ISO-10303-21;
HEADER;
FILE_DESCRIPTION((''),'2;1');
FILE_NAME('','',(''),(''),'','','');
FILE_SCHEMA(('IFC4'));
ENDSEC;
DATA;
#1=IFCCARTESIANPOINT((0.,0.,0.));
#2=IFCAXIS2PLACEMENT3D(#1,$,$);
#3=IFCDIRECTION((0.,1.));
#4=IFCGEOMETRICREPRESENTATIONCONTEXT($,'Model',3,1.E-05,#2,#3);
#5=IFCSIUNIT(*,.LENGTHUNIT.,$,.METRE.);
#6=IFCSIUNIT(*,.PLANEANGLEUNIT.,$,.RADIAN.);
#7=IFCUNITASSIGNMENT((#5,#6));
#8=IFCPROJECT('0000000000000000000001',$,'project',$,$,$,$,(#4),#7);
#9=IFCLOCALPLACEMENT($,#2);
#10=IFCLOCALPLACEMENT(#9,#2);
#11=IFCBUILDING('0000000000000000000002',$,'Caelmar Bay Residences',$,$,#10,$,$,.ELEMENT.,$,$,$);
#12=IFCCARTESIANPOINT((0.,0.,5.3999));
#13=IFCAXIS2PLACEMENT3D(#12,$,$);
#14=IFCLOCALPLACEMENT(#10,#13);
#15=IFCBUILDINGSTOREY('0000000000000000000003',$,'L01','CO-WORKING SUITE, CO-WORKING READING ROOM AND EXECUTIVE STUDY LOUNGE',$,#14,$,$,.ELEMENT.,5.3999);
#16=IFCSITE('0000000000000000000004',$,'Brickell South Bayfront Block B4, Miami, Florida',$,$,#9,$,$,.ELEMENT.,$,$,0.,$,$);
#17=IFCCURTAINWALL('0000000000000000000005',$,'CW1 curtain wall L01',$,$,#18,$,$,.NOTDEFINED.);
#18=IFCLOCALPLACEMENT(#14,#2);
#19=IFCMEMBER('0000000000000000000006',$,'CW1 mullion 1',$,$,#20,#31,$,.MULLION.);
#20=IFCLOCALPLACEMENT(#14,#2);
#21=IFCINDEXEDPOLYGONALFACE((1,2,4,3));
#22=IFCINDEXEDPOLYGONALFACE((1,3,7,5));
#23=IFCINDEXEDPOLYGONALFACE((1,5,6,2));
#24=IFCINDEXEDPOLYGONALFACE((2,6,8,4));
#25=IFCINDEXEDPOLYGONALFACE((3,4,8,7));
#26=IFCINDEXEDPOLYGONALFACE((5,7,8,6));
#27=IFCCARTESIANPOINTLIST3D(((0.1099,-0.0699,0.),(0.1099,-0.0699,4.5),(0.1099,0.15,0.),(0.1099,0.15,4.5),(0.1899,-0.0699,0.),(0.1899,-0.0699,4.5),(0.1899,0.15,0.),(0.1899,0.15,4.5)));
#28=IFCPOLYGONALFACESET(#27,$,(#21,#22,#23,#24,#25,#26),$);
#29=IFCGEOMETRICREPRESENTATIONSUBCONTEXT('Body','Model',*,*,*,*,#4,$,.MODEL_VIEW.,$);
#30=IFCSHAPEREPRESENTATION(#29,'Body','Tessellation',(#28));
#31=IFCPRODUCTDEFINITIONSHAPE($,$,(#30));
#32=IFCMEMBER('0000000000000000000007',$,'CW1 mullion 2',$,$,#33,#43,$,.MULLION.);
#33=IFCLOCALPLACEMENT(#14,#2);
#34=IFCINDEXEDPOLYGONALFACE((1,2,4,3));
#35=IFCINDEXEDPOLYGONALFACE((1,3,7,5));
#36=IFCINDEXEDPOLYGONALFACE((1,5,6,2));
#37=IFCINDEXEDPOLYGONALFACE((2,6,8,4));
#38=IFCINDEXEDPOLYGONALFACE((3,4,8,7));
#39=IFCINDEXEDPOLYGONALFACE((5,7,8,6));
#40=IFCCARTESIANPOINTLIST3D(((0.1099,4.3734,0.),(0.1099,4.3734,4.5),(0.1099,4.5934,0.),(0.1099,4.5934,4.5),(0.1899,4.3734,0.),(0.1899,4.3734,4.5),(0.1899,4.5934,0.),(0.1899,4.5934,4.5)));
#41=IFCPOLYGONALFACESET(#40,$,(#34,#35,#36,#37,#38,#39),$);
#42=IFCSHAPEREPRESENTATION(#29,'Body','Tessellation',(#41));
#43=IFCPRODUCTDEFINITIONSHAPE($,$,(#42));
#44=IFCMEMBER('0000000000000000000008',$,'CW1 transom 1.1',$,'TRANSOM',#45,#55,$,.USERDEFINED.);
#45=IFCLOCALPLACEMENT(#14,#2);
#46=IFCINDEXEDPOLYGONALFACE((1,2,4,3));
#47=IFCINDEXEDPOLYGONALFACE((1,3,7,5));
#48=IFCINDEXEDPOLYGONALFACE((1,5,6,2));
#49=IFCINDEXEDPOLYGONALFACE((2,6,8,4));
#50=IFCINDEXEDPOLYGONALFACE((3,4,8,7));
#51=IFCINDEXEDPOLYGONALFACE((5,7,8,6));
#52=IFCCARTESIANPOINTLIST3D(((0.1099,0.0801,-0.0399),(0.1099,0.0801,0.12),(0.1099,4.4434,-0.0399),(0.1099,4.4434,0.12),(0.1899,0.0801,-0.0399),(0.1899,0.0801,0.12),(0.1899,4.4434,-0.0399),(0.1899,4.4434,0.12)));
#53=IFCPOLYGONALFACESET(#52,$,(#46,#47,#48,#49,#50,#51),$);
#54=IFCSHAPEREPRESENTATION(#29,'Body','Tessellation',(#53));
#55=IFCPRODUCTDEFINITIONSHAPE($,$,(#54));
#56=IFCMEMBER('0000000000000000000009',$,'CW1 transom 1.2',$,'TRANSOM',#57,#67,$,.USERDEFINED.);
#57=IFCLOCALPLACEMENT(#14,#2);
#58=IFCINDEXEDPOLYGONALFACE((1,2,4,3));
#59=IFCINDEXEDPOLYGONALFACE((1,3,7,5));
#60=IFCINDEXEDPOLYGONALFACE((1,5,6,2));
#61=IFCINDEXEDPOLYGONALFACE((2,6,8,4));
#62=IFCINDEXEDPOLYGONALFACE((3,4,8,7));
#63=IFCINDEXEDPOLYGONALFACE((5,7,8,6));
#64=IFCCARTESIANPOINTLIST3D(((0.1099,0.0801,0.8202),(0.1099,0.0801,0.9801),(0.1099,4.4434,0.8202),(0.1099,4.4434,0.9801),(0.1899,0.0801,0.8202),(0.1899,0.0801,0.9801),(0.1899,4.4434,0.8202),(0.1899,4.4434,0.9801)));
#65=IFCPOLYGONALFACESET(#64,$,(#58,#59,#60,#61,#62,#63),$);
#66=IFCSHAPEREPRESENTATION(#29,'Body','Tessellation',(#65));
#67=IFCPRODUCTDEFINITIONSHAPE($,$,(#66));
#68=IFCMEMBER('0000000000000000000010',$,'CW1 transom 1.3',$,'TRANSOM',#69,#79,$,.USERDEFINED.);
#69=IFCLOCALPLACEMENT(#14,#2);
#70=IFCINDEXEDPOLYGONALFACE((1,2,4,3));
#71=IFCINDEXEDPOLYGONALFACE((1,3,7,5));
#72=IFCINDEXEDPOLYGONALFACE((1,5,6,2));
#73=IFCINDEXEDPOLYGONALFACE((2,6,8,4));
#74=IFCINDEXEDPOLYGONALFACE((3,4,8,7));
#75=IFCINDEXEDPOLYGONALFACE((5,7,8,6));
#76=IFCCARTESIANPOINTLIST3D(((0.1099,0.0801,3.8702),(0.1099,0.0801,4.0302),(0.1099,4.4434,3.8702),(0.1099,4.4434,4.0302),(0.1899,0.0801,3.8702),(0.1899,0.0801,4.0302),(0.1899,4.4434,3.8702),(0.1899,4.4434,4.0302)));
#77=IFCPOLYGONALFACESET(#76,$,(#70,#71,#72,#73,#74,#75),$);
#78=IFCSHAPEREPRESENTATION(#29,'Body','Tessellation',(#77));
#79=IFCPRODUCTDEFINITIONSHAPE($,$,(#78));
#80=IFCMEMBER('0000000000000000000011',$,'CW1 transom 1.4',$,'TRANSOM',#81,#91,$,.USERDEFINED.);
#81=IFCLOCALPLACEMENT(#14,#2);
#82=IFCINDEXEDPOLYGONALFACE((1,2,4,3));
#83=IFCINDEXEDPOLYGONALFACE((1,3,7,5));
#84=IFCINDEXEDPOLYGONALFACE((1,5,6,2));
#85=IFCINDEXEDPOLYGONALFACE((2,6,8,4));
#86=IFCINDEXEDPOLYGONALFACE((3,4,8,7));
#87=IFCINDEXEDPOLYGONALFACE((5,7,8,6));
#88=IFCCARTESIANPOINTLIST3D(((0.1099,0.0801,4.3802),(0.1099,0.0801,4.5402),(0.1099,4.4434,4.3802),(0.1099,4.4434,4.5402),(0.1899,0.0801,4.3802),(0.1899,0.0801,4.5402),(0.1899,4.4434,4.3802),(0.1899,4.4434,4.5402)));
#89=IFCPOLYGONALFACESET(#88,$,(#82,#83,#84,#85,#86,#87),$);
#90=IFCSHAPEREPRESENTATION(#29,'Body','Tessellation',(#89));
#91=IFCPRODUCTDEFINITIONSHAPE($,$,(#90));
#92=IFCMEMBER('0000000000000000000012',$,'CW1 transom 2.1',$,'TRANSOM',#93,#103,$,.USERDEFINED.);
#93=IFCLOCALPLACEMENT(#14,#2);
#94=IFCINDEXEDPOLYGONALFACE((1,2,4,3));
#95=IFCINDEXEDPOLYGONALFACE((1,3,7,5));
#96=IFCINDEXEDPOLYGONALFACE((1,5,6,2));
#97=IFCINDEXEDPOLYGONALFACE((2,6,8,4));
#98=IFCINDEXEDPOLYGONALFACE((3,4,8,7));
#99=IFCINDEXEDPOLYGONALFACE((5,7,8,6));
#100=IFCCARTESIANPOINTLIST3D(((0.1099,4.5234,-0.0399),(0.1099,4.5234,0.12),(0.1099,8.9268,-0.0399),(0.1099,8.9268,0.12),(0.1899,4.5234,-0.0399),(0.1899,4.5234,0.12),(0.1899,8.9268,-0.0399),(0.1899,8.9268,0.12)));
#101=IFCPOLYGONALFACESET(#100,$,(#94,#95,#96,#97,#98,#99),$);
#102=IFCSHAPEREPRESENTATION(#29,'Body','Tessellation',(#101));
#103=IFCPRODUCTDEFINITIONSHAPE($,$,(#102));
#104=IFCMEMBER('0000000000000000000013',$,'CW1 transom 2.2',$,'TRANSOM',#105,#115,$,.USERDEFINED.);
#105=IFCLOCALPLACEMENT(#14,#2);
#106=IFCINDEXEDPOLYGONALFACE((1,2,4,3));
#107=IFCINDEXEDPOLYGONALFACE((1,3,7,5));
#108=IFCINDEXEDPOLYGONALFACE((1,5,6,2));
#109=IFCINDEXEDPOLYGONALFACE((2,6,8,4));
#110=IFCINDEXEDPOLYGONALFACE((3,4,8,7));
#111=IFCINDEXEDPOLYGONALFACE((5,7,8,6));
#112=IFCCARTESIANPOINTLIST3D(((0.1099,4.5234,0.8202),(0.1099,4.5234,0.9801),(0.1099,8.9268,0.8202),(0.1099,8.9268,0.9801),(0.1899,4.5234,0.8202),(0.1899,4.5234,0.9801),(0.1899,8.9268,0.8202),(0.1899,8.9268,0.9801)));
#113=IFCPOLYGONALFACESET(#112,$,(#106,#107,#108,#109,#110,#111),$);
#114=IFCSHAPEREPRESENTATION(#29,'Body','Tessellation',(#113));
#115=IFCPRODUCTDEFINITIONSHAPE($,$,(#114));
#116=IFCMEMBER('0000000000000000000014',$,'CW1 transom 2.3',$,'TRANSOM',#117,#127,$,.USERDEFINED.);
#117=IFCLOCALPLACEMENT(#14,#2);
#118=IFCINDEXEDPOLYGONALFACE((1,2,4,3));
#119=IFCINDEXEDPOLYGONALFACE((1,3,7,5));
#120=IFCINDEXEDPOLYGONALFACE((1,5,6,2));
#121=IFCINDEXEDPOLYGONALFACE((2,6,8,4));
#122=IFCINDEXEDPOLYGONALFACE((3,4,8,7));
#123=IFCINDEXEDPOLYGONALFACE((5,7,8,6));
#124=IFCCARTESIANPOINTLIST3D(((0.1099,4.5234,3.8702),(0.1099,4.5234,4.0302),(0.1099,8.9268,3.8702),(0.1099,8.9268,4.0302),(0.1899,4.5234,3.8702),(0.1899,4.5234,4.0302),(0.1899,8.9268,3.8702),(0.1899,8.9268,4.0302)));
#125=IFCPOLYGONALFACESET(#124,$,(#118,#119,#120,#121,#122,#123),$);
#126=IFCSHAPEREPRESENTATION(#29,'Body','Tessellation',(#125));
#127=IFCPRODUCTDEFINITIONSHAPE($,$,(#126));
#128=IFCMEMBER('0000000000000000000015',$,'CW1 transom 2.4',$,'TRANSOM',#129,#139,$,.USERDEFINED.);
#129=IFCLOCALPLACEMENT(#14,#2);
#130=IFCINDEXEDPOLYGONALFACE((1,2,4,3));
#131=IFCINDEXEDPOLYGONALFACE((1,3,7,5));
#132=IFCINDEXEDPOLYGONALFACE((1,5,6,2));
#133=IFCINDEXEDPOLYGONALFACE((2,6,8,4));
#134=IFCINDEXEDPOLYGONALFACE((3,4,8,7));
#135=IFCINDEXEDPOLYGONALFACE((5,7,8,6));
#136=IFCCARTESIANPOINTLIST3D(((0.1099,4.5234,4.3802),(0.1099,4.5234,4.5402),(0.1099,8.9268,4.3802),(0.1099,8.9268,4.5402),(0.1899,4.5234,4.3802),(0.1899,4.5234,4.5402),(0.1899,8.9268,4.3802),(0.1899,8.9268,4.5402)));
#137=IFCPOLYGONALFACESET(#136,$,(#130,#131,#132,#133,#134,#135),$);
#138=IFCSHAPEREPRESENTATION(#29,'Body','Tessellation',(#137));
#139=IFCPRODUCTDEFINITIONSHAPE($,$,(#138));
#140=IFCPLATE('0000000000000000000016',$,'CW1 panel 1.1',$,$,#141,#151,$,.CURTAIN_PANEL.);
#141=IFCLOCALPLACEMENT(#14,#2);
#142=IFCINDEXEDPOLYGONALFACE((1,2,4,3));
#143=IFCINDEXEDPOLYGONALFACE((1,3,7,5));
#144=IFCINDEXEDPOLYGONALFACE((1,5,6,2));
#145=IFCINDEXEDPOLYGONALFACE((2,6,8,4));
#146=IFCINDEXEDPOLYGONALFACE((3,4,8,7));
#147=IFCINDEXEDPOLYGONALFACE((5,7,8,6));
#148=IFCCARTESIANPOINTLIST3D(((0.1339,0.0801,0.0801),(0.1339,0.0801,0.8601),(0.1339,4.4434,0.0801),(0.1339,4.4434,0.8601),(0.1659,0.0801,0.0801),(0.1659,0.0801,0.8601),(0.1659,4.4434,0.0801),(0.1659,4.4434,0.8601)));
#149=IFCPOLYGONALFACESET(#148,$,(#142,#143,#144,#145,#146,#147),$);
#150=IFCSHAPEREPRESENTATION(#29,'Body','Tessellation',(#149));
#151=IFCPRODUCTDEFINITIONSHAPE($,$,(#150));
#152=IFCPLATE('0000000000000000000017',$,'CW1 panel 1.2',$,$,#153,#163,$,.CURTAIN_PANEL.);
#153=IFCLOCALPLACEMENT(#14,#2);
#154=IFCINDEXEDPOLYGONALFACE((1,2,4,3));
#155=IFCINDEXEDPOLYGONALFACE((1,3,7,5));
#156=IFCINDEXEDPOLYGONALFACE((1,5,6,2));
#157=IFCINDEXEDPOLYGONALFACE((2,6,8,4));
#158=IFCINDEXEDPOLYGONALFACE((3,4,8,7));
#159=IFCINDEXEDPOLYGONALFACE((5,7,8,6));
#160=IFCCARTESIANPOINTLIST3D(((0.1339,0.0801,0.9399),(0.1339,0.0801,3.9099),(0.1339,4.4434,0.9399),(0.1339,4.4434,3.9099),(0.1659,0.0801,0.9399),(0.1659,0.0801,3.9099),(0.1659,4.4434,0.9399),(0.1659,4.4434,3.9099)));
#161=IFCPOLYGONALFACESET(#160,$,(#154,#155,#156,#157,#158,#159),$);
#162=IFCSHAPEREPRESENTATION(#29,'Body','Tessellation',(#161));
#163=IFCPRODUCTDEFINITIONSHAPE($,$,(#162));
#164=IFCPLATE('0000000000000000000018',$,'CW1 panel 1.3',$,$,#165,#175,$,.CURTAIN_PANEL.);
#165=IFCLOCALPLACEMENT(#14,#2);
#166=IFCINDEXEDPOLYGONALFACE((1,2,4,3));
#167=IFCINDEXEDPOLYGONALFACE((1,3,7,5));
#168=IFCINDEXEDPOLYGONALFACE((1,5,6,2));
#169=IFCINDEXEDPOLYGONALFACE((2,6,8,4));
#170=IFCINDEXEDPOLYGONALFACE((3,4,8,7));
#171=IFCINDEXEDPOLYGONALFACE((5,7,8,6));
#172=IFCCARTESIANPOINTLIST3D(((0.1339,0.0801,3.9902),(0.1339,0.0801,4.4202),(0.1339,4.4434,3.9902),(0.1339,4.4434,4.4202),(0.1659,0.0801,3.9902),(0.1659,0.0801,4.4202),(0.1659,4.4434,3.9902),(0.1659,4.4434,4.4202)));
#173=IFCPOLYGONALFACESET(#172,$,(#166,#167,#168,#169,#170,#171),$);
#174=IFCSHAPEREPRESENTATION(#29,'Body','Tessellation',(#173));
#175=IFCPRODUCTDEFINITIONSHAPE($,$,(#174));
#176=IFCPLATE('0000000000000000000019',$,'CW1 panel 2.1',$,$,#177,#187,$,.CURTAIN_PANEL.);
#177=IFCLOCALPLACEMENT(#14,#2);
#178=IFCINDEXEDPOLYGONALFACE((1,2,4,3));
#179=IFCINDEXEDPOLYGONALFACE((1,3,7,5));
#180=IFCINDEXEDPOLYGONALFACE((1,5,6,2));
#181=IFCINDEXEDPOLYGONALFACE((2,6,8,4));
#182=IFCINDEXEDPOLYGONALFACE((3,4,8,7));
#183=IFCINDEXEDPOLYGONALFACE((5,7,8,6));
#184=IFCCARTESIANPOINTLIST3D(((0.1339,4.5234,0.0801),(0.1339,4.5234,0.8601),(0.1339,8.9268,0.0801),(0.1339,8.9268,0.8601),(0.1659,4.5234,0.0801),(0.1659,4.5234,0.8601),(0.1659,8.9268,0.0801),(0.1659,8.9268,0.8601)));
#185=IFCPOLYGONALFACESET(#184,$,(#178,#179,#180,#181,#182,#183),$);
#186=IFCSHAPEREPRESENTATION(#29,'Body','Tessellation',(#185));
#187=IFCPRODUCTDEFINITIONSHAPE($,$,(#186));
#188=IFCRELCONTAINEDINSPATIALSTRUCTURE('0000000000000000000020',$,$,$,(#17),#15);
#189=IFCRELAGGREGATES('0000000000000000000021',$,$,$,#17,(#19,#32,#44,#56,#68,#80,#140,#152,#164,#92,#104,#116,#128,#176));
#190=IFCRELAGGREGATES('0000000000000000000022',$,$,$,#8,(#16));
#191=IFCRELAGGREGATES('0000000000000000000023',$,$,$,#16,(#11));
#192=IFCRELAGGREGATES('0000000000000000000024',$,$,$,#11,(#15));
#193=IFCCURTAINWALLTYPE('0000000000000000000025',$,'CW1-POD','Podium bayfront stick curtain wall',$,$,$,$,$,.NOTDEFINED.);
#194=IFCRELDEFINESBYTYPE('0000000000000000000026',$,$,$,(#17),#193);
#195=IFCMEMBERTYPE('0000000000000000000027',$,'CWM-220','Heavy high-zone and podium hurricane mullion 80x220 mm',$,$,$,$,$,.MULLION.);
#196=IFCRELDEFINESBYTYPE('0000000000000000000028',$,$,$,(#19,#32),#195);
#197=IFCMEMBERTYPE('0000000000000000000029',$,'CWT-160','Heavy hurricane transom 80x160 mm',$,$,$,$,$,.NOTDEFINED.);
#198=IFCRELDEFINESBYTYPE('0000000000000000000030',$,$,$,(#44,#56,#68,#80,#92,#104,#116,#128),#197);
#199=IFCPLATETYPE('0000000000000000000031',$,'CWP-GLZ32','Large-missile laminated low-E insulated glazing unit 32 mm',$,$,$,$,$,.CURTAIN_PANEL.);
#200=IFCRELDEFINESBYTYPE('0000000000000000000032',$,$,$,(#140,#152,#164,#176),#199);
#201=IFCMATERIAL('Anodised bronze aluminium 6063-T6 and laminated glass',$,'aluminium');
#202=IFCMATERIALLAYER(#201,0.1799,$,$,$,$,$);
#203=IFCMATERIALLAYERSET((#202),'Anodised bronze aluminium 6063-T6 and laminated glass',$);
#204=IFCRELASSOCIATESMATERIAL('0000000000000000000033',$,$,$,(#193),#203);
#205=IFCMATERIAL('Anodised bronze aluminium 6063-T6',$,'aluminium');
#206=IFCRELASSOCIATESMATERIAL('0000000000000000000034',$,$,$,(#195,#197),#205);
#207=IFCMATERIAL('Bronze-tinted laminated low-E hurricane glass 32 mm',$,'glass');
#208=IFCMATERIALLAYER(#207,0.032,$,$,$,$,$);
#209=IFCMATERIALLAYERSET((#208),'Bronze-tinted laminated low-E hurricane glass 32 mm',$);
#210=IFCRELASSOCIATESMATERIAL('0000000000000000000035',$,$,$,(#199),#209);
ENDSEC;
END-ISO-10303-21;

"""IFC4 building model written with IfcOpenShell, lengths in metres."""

from ifc_helpers import new_model, si_unit, direction, frame, origin, origin_2d, place, context, subcontext, project, spatial, rectangle, extrude, material, layer, layer_set, material_profile, profile_set, type_object, element, aggregate, save


model = new_model("IFC4")

# Units and contexts
model_context = context("Model", 3, precision=1e-05, world=origin(), true_north=direction((0.0, 1.0)))
body_context = subcontext(model_context, "Body", "Model", "MODEL_VIEW")
ifc_project = project(units=[si_unit("LENGTHUNIT", "METRE"), si_unit("PLANEANGLEUNIT", "RADIAN")], contexts=[model_context])

# Site, building, storey
site_placement = place(None, origin())
site = spatial("IfcSite", under=ifc_project, at=site_placement, Name="Brickell South Bayfront Block B4, Miami, Florida", CompositionType="ELEMENT", RefElevation=0.0)
building_placement = place(site_placement, origin())
building = spatial("IfcBuilding", under=site, at=building_placement, Name="Caelmar Bay Residences", CompositionType="ELEMENT")
storey_placement = place(building_placement, frame((0.0, 0.0, 5.3999)))
storey = spatial("IfcBuildingStorey", under=building, at=storey_placement, Name="L01", Description="CO-WORKING SUITE, CO-WORKING READING ROOM AND EXECUTIVE STUDY LOUNGE", CompositionType="ELEMENT", Elevation=5.3999)

# Curtain wall, members, plates
ifc_material_1 = material(Name="Anodised bronze aluminium 6063-T6 and laminated glass", Category="aluminium")
ifc_layer_1 = layer(ifc_material_1, 0.1799)
ifc_layer_set_1 = layer_set([ifc_layer_1], Name="Anodised bronze aluminium 6063-T6 and laminated glass")
curtain_wall_type = type_object("IfcCurtainWallType", Name="CW1-POD", Description="Podium bayfront stick curtain wall", PredefinedType="NOTDEFINED", material=ifc_layer_set_1)
curtain_wall_placement = place(storey_placement, origin())
curtain_wall = element("IfcCurtainWall", 1, at=curtain_wall_placement, inside=storey, type_object=curtain_wall_type, Name="CW1 curtain wall L01", PredefinedType="NOTDEFINED")
ifc_material_2 = material(Name="Anodised bronze aluminium 6063-T6", Category="aluminium")
ifc_material_profile_1 = material_profile(ifc_material_2, rectangle(XDim=0.0801, YDim=0.22, at=origin_2d()), Name="CWM-80X220")
ifc_profile_set_1 = profile_set([ifc_material_profile_1], Name="Anodised bronze aluminium 6063-T6")
member_type_1 = type_object("IfcMemberType", Name="CWM-220", Description="Heavy high-zone and podium hurricane mullion 80x220 mm", PredefinedType="MULLION", material=ifc_profile_set_1)
member_1_placement = place(storey_placement, frame((0.1499, 0.04, 0.0), z_axis=(0.0, 0.0, 1.0), x_axis=(-1.0, 0.0, 0.0)))
member_1 = element("IfcMember", 2, at=member_1_placement, type_object=member_type_1, Name="CW1 mullion 1", PredefinedType="MULLION", context=body_context, shape_type="SweptSolid", body=[
    extrude(rectangle(XDim=0.0801, YDim=0.22, at=origin_2d()), origin(), (0.0, 0.0, 1.0), 4.5),
])
member_2_placement = place(storey_placement, frame((0.1499, 4.4834, 0.0), z_axis=(0.0, 0.0, 1.0), x_axis=(-1.0, 0.0, 0.0)))
member_2 = element("IfcMember", 3, at=member_2_placement, type_object=member_type_1, Name="CW1 mullion 2", PredefinedType="MULLION", context=body_context, shape_type="SweptSolid", body=[
    extrude(rectangle(XDim=0.0801, YDim=0.22, at=origin_2d()), origin(), (0.0, 0.0, 1.0), 4.5),
])
ifc_material_profile_2 = material_profile(ifc_material_2, rectangle(XDim=0.0801, YDim=0.1599, at=origin_2d()), Name="CWT-80X160")
ifc_profile_set_2 = profile_set([ifc_material_profile_2], Name="Anodised bronze aluminium 6063-T6")
member_type_2 = type_object("IfcMemberType", Name="CWT-160", Description="Heavy hurricane transom 80x160 mm", PredefinedType="NOTDEFINED", material=ifc_profile_set_2)
member_3_placement = place(storey_placement, frame((0.1499, 0.0801, 0.04), z_axis=(0.0, 1.0, 0.0), x_axis=(-1.0, 0.0, 0.0)))
member_3 = element("IfcMember", 4, at=member_3_placement, type_object=member_type_2, Name="CW1 transom 1.1", ObjectType="TRANSOM", PredefinedType="USERDEFINED", context=body_context, shape_type="SweptSolid", body=[
    extrude(rectangle(XDim=0.0801, YDim=0.1599, at=origin_2d()), origin(), (0.0, 0.0, 1.0), 4.3633),
])
member_4_placement = place(storey_placement, frame((0.1499, 0.0801, 0.9001), z_axis=(0.0, 1.0, 0.0), x_axis=(-1.0, 0.0, 0.0)))
member_4 = element("IfcMember", 5, at=member_4_placement, type_object=member_type_2, Name="CW1 transom 1.2", ObjectType="TRANSOM", PredefinedType="USERDEFINED", context=body_context, shape_type="SweptSolid", body=[
    extrude(rectangle(XDim=0.0801, YDim=0.1599, at=origin_2d()), origin(), (0.0, 0.0, 1.0), 4.3633),
])
member_5_placement = place(storey_placement, frame((0.1499, 0.0801, 3.9502), z_axis=(0.0, 1.0, 0.0), x_axis=(-1.0, 0.0, 0.0)))
member_5 = element("IfcMember", 6, at=member_5_placement, type_object=member_type_2, Name="CW1 transom 1.3", ObjectType="TRANSOM", PredefinedType="USERDEFINED", context=body_context, shape_type="SweptSolid", body=[
    extrude(rectangle(XDim=0.0801, YDim=0.1599, at=origin_2d()), origin(), (0.0, 0.0, 1.0), 4.3633),
])
member_6_placement = place(storey_placement, frame((0.1499, 0.0801, 4.4602), z_axis=(0.0, 1.0, 0.0), x_axis=(-1.0, 0.0, 0.0)))
member_6 = element("IfcMember", 7, at=member_6_placement, type_object=member_type_2, Name="CW1 transom 1.4", ObjectType="TRANSOM", PredefinedType="USERDEFINED", context=body_context, shape_type="SweptSolid", body=[
    extrude(rectangle(XDim=0.0801, YDim=0.1599, at=origin_2d()), origin(), (0.0, 0.0, 1.0), 4.3633),
])
member_7_placement = place(storey_placement, frame((0.1499, 4.5234, 0.04), z_axis=(0.0, 1.0, 0.0), x_axis=(-1.0, 0.0, 0.0)))
member_7 = element("IfcMember", 8, at=member_7_placement, type_object=member_type_2, Name="CW1 transom 2.1", ObjectType="TRANSOM", PredefinedType="USERDEFINED", context=body_context, shape_type="SweptSolid", body=[
    extrude(rectangle(XDim=0.0801, YDim=0.1599, at=origin_2d()), origin(), (0.0, 0.0, 1.0), 4.4033),
])
member_8_placement = place(storey_placement, frame((0.1499, 4.5234, 0.9001), z_axis=(0.0, 1.0, 0.0), x_axis=(-1.0, 0.0, 0.0)))
member_8 = element("IfcMember", 9, at=member_8_placement, type_object=member_type_2, Name="CW1 transom 2.2", ObjectType="TRANSOM", PredefinedType="USERDEFINED", context=body_context, shape_type="SweptSolid", body=[
    extrude(rectangle(XDim=0.0801, YDim=0.1599, at=origin_2d()), origin(), (0.0, 0.0, 1.0), 4.4033),
])
member_9_placement = place(storey_placement, frame((0.1499, 4.5234, 3.9502), z_axis=(0.0, 1.0, 0.0), x_axis=(-1.0, 0.0, 0.0)))
member_9 = element("IfcMember", 10, at=member_9_placement, type_object=member_type_2, Name="CW1 transom 2.3", ObjectType="TRANSOM", PredefinedType="USERDEFINED", context=body_context, shape_type="SweptSolid", body=[
    extrude(rectangle(XDim=0.0801, YDim=0.1599, at=origin_2d()), origin(), (0.0, 0.0, 1.0), 4.4033),
])
member_10_placement = place(storey_placement, frame((0.1499, 4.5234, 4.4602), z_axis=(0.0, 1.0, 0.0), x_axis=(-1.0, 0.0, 0.0)))
member_10 = element("IfcMember", 11, at=member_10_placement, type_object=member_type_2, Name="CW1 transom 2.4", ObjectType="TRANSOM", PredefinedType="USERDEFINED", context=body_context, shape_type="SweptSolid", body=[
    extrude(rectangle(XDim=0.0801, YDim=0.1599, at=origin_2d()), origin(), (0.0, 0.0, 1.0), 4.4033),
])
ifc_material_3 = material(Name="Bronze-tinted laminated low-E hurricane glass 32 mm", Category="glass")
ifc_layer_2 = layer(ifc_material_3, 0.032)
ifc_layer_set_2 = layer_set([ifc_layer_2], Name="Bronze-tinted laminated low-E hurricane glass 32 mm")
plate_type = type_object("IfcPlateType", Name="CWP-GLZ32", Description="Large-missile laminated low-E insulated glazing unit 32 mm", PredefinedType="CURTAIN_PANEL", material=ifc_layer_set_2)
plate_1_placement = place(storey_placement, frame((0.1499, 2.2617, 0.0801), z_axis=(0.0, 0.0, 1.0), x_axis=(0.0, 1.0, 0.0)))
plate_1 = element("IfcPlate", 12, at=plate_1_placement, type_object=plate_type, Name="CW1 panel 1.1", PredefinedType="CURTAIN_PANEL", context=body_context, shape_type="SweptSolid", body=[
    extrude(rectangle(XDim=4.3633, YDim=0.032, at=origin_2d()), origin(), (0.0, 0.0, 1.0), 0.78),
])
plate_2_placement = place(storey_placement, frame((0.1499, 2.2617, 0.9399), z_axis=(0.0, 0.0, 1.0), x_axis=(0.0, 1.0, 0.0)))
plate_2 = element("IfcPlate", 13, at=plate_2_placement, type_object=plate_type, Name="CW1 panel 1.2", PredefinedType="CURTAIN_PANEL", context=body_context, shape_type="SweptSolid", body=[
    extrude(rectangle(XDim=4.3633, YDim=0.032, at=origin_2d()), origin(), (0.0, 0.0, 1.0), 2.97),
])
plate_3_placement = place(storey_placement, frame((0.1499, 2.2617, 3.9902), z_axis=(0.0, 0.0, 1.0), x_axis=(0.0, 1.0, 0.0)))
plate_3 = element("IfcPlate", 14, at=plate_3_placement, type_object=plate_type, Name="CW1 panel 1.3", PredefinedType="CURTAIN_PANEL", context=body_context, shape_type="SweptSolid", body=[
    extrude(rectangle(XDim=4.3633, YDim=0.032, at=origin_2d()), origin(), (0.0, 0.0, 1.0), 0.4299),
])
plate_4_placement = place(storey_placement, frame((0.1499, 6.7251, 0.0801), z_axis=(0.0, 0.0, 1.0), x_axis=(0.0, 1.0, 0.0)))
plate_4 = element("IfcPlate", 15, at=plate_4_placement, type_object=plate_type, Name="CW1 panel 2.1", PredefinedType="CURTAIN_PANEL", context=body_context, shape_type="SweptSolid", body=[
    extrude(rectangle(XDim=4.4033, YDim=0.032, at=origin_2d()), origin(), (0.0, 0.0, 1.0), 0.78),
])
aggregate(curtain_wall, [member_1, member_2, member_3, member_4, member_5, member_6, plate_1, plate_2, plate_3, member_7, member_8, member_9, member_10, plate_4])

save(model, "model.ifc")
